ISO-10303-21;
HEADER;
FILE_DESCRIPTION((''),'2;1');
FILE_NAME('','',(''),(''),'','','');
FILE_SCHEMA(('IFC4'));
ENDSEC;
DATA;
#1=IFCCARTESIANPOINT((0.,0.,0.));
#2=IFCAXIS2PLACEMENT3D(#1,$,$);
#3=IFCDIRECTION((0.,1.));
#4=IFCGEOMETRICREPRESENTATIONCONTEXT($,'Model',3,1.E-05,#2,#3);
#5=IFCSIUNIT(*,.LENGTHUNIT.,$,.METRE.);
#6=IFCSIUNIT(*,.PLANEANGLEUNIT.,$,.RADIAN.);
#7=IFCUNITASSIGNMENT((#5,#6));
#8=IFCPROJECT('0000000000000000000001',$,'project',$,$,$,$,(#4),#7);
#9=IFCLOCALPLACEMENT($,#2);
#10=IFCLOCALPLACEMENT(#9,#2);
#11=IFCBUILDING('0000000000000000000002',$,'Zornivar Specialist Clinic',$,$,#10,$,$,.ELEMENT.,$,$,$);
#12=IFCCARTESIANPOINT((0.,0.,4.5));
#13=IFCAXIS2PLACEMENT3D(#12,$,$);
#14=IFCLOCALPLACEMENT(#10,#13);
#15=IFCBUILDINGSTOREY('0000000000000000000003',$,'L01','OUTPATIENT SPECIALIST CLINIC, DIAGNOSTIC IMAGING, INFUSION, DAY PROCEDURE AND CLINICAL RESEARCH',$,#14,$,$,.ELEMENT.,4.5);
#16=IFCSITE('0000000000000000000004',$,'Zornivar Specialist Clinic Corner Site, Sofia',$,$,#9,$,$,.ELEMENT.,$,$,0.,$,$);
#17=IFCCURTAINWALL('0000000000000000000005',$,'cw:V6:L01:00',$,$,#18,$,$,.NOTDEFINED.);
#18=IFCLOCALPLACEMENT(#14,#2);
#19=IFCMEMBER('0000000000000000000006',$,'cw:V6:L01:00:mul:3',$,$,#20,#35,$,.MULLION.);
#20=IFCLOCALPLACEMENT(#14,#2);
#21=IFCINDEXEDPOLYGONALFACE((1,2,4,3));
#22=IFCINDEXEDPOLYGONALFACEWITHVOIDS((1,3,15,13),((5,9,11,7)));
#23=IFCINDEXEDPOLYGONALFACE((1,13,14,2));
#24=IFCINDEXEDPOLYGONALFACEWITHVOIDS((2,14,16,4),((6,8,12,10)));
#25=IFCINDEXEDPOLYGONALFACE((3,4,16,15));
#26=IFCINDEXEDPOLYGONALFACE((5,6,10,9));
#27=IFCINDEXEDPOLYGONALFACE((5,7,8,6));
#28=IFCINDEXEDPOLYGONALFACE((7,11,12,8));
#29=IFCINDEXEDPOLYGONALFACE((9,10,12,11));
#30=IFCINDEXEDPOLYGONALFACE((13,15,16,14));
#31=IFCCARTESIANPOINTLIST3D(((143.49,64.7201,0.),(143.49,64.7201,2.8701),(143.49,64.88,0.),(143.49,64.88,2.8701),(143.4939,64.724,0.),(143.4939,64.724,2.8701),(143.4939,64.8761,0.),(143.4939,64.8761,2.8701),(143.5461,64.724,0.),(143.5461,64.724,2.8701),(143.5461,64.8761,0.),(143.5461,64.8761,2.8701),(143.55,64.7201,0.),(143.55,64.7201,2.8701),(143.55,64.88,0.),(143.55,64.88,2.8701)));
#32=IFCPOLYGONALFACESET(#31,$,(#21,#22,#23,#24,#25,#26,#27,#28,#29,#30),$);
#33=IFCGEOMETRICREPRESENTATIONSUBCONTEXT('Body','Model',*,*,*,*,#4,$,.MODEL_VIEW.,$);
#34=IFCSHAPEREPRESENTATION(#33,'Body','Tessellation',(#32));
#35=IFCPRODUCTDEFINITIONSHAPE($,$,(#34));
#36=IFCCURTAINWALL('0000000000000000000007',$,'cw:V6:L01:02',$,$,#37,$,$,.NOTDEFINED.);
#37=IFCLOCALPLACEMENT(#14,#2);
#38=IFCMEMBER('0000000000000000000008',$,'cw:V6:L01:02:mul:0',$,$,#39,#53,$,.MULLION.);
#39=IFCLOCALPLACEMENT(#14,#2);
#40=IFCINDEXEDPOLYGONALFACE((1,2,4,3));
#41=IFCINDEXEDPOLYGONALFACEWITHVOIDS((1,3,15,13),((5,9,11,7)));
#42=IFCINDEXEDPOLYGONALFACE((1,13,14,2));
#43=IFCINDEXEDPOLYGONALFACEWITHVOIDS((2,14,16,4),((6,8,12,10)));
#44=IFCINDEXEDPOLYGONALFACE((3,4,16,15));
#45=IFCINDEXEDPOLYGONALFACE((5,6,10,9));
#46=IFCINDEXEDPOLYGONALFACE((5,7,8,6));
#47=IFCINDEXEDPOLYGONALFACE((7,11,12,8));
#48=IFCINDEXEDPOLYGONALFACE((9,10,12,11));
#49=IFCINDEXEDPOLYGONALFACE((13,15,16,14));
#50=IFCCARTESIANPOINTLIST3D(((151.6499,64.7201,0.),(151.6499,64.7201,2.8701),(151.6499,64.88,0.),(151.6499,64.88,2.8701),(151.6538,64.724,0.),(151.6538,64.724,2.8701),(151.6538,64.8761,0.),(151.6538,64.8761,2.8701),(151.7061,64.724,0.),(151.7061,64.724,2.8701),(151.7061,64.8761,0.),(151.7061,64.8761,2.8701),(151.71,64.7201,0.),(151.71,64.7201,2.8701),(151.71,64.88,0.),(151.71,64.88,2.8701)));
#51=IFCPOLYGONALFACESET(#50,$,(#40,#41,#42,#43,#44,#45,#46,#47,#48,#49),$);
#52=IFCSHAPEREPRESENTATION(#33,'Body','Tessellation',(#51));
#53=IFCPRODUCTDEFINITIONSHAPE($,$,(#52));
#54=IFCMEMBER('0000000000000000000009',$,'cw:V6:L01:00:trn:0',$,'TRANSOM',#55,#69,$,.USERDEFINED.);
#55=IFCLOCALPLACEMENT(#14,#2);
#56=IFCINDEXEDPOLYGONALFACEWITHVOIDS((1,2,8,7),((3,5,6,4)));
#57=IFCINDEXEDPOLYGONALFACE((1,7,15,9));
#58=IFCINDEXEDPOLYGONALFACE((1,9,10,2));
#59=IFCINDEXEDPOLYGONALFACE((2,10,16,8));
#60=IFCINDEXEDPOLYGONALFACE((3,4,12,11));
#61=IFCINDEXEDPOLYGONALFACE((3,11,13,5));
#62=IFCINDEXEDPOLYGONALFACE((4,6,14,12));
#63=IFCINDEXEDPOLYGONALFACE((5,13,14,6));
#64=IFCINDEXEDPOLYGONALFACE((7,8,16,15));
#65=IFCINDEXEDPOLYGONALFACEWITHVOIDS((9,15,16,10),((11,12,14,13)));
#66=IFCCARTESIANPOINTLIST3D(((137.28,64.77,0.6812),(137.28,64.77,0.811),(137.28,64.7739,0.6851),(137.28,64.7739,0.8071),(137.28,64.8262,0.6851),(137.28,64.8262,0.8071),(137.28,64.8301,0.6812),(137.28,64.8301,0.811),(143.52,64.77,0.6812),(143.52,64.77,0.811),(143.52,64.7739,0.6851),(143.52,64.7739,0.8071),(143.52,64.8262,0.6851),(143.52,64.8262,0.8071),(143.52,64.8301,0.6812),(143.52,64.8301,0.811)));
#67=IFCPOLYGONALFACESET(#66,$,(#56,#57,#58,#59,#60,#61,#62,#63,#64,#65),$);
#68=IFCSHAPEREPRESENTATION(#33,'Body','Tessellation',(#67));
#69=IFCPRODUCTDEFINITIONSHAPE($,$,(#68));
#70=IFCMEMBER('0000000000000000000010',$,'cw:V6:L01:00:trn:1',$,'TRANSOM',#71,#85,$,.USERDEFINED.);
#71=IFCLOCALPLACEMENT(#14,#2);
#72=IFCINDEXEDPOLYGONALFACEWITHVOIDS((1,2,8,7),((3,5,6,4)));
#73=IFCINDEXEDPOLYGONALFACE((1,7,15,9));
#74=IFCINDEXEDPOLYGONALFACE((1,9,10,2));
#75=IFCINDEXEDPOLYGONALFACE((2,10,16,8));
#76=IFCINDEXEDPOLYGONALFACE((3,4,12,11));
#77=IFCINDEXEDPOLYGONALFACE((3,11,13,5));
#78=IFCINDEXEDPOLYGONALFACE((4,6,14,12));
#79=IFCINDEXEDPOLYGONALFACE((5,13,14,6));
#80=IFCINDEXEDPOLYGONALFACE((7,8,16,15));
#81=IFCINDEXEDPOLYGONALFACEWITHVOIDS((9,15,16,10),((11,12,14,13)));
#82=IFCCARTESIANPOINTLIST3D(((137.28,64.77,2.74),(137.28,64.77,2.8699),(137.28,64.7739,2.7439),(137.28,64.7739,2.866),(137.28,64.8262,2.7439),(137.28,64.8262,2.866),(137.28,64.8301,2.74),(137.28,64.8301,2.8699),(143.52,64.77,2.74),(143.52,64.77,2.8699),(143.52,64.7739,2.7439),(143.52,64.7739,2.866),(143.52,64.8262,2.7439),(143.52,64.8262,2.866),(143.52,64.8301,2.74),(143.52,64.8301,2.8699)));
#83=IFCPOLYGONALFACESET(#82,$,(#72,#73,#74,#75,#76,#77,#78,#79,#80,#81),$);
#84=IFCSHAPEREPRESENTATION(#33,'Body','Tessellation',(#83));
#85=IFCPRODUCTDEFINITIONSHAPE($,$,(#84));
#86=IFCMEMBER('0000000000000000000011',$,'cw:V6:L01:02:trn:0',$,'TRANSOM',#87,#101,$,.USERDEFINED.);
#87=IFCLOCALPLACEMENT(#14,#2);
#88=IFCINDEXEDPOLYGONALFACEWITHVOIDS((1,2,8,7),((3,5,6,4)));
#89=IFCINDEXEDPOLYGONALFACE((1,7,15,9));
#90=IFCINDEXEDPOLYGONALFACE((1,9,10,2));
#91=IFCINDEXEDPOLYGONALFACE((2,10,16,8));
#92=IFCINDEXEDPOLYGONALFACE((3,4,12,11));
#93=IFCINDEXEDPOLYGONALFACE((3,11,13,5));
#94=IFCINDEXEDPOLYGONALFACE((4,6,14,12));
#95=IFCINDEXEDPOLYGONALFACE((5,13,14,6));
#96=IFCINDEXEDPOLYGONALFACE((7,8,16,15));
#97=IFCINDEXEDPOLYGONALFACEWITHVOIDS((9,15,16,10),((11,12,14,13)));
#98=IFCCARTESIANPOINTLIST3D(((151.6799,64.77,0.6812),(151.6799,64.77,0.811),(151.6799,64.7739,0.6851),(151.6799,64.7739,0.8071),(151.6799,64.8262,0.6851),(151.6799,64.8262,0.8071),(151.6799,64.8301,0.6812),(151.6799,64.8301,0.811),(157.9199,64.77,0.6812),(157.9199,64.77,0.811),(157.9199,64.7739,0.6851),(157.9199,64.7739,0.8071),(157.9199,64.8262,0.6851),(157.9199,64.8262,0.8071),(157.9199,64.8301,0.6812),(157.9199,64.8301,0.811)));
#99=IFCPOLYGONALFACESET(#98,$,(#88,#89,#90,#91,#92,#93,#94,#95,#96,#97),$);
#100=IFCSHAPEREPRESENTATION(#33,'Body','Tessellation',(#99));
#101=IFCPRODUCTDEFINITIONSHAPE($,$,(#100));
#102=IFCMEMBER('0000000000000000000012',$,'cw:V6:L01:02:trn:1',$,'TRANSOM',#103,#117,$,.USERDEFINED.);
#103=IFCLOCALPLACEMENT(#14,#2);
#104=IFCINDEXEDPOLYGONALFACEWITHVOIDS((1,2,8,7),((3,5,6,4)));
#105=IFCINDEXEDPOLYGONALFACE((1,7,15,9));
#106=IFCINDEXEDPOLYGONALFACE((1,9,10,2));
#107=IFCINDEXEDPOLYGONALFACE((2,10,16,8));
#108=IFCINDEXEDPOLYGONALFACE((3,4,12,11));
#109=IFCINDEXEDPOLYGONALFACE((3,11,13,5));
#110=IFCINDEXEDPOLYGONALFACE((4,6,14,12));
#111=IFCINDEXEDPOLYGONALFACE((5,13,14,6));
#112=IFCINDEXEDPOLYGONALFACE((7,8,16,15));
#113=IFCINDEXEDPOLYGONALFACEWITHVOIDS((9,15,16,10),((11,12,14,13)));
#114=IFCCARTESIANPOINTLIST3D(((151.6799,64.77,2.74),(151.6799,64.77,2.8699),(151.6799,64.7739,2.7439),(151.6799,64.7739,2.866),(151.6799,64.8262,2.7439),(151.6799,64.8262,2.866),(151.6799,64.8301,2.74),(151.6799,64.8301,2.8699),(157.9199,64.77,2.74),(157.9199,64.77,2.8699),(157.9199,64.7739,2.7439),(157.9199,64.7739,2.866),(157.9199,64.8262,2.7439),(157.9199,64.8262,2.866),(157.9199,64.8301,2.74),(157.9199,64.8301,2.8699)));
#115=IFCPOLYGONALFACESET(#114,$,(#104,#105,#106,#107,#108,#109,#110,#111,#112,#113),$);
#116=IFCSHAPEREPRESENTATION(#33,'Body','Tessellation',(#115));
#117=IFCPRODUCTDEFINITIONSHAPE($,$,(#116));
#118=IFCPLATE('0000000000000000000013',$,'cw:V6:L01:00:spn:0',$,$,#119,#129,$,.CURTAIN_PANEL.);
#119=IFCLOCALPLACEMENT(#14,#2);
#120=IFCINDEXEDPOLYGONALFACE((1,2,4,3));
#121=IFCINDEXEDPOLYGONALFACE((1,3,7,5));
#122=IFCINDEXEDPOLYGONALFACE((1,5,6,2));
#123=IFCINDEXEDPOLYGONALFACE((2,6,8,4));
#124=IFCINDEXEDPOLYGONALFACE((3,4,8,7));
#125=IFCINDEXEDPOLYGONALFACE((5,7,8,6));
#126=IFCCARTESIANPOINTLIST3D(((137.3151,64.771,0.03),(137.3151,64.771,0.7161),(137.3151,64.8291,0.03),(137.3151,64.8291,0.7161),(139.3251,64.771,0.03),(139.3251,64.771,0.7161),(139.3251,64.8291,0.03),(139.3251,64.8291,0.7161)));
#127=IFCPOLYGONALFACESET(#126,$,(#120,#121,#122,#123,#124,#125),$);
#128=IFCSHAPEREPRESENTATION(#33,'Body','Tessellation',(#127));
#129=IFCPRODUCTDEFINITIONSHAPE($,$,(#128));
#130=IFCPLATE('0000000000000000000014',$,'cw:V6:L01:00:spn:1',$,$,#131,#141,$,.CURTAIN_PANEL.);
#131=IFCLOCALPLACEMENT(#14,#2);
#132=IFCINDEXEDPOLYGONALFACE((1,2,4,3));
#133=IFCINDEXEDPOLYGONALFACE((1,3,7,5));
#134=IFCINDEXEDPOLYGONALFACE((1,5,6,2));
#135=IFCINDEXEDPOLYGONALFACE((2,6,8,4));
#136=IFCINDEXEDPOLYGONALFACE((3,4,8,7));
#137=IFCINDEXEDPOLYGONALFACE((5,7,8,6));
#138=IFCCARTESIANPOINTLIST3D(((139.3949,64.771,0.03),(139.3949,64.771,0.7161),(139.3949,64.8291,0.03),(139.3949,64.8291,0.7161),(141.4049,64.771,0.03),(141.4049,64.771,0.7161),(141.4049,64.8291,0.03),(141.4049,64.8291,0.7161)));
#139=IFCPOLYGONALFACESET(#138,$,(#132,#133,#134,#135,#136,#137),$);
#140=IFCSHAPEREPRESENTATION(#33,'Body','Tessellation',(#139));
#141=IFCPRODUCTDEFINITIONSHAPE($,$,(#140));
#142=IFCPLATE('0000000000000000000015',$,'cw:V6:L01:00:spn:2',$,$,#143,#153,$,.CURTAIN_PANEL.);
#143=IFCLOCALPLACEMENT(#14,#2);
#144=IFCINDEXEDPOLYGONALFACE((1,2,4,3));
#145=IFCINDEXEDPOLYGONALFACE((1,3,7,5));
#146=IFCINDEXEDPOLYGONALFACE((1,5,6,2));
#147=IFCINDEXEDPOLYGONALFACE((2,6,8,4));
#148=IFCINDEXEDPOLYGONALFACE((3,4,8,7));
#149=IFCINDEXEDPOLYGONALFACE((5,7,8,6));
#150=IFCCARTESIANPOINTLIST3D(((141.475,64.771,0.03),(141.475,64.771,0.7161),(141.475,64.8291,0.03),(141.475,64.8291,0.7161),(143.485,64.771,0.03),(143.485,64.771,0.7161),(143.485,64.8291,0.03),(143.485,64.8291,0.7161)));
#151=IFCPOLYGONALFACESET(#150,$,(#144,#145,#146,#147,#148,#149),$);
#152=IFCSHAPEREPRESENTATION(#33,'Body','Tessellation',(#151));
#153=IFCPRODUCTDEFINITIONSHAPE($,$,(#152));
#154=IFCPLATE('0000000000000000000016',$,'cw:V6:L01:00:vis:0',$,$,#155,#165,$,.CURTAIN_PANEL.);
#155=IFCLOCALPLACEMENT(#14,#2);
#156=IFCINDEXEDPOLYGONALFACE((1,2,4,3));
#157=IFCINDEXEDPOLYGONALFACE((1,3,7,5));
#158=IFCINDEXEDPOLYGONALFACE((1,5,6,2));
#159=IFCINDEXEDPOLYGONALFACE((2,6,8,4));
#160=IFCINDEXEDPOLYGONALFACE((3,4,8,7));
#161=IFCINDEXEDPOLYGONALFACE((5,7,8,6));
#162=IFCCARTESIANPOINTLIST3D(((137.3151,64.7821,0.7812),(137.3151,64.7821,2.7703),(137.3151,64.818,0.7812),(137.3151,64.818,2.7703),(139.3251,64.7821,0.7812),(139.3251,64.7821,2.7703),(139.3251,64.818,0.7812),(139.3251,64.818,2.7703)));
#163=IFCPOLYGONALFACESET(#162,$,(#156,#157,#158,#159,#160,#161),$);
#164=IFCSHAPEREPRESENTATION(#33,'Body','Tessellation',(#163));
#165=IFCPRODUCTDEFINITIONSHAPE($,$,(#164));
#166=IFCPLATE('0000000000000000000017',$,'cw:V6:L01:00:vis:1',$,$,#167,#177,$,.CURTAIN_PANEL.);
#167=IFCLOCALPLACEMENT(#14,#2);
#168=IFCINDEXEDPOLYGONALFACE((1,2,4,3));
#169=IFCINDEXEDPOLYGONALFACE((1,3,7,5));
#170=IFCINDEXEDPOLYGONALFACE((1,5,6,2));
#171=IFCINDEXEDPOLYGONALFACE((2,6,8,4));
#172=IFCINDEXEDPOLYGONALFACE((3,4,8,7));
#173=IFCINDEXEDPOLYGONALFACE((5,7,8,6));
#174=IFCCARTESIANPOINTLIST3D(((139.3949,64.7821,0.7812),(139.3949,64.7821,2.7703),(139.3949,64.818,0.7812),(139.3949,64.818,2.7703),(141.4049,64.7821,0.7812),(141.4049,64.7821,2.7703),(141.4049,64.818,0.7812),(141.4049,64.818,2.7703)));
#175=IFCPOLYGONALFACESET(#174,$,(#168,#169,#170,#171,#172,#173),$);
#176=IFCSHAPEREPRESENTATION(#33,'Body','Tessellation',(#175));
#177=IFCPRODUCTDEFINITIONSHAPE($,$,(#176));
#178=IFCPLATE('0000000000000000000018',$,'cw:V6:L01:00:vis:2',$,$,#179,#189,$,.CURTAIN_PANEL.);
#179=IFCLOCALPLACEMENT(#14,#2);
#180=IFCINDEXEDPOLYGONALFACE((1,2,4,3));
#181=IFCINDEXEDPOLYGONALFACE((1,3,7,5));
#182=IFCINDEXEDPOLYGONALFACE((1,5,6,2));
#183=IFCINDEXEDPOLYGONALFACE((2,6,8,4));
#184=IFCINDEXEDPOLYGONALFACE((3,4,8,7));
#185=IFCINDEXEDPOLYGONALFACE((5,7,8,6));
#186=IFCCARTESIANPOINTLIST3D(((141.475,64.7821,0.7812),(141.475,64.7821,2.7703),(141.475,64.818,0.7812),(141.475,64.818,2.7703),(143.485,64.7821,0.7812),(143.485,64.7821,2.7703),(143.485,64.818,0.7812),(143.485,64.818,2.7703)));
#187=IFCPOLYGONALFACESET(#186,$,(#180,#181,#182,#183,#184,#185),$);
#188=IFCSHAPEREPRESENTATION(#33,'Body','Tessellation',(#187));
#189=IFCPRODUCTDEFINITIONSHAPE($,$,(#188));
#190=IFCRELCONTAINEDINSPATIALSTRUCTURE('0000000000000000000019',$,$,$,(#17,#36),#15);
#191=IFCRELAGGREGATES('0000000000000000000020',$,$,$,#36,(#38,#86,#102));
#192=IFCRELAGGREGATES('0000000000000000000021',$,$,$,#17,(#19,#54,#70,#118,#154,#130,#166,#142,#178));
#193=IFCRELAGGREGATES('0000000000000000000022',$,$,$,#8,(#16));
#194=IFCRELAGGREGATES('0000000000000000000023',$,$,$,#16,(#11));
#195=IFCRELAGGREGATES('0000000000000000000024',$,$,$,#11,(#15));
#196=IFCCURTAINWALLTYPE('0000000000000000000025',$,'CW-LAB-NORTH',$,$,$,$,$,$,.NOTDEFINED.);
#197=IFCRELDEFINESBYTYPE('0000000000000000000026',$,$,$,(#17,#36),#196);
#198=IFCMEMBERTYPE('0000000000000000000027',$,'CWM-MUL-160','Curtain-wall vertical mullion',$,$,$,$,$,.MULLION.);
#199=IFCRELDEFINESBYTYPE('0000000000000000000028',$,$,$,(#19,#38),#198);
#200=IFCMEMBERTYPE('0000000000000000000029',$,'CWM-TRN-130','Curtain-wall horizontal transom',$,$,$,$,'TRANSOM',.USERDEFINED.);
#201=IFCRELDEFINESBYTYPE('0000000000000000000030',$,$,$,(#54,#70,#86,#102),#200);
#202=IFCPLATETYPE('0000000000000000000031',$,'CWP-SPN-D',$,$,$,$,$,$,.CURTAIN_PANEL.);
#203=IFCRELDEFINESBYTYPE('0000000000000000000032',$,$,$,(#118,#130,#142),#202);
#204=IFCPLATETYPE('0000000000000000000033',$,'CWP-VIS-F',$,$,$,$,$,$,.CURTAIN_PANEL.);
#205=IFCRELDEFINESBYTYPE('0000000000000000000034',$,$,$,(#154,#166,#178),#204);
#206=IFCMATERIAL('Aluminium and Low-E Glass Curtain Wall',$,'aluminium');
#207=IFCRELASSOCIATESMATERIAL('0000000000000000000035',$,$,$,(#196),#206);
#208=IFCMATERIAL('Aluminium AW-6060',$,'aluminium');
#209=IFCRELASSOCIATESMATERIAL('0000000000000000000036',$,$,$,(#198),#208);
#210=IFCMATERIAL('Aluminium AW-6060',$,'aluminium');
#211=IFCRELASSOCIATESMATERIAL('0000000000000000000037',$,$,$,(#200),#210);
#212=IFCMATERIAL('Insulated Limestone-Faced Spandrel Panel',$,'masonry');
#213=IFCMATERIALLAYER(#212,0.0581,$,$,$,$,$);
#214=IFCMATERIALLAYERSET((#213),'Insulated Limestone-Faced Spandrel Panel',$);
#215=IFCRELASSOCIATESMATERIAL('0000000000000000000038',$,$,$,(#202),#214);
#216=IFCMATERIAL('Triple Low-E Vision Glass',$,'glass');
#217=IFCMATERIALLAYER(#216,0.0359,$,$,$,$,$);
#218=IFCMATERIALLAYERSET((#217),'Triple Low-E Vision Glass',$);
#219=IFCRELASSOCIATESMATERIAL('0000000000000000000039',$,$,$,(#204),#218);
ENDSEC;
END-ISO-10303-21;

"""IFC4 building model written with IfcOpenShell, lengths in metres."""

from ifc_helpers import new_model, si_unit, direction, frame, origin, origin_2d, place, context, subcontext, project, spatial, rectangle, hollow_rectangle, extrude, material, layer, layer_set, material_profile, profile_set, type_object, element, aggregate, save


model = new_model("IFC4")

# Units and contexts
model_context = context("Model", 3, precision=1e-05, world=origin(), true_north=direction((0.0, 1.0)))
body_context = subcontext(model_context, "Body", "Model", "MODEL_VIEW")
ifc_project = project(units=[si_unit("LENGTHUNIT", "METRE"), si_unit("PLANEANGLEUNIT", "RADIAN")], contexts=[model_context])

# Site, building, storey
site_placement = place(None, origin())
site = spatial("IfcSite", under=ifc_project, at=site_placement, Name="Zornivar Specialist Clinic Corner Site, Sofia", CompositionType="ELEMENT", RefElevation=0.0)
building_placement = place(site_placement, origin())
building = spatial("IfcBuilding", under=site, at=building_placement, Name="Zornivar Specialist Clinic", CompositionType="ELEMENT")
storey_placement = place(building_placement, frame((0.0, 0.0, 4.5)))
storey = spatial("IfcBuildingStorey", under=building, at=storey_placement, Name="L01", Description="OUTPATIENT SPECIALIST CLINIC, DIAGNOSTIC IMAGING, INFUSION, DAY PROCEDURE AND CLINICAL RESEARCH", CompositionType="ELEMENT", Elevation=4.5)

# Curtain wall, member
ifc_material_1 = material(Name="Aluminium and Low-E Glass Curtain Wall", Category="aluminium")
curtain_wall_type = type_object("IfcCurtainWallType", Name="CW-LAB-NORTH", PredefinedType="NOTDEFINED", material=ifc_material_1)
curtain_wall_1_placement = place(storey_placement, origin())
curtain_wall_1 = element("IfcCurtainWall", 1, at=curtain_wall_1_placement, inside=storey, type_object=curtain_wall_type, Name="cw:V6:L01:00", PredefinedType="NOTDEFINED")
ifc_material_2 = material(Name="Aluminium AW-6060", Category="aluminium")
ifc_material_profile_1 = material_profile(ifc_material_2, hollow_rectangle(XDim=0.0601, YDim=0.1599, WallThickness=0.0039, at=origin_2d()), Name="ALU 60x160x4")
ifc_profile_set_1 = profile_set([ifc_material_profile_1], Name="Aluminium AW-6060")
member_type_1 = type_object("IfcMemberType", Name="CWM-MUL-160", Description="Curtain-wall vertical mullion", PredefinedType="MULLION", material=ifc_profile_set_1)
member_1_placement = place(storey_placement, frame((143.52, 64.8, 0.0), z_axis=(0.0, 0.0, 1.0), x_axis=(1.0, 0.0, 0.0)))
member_1 = element("IfcMember", 2, at=member_1_placement, type_object=member_type_1, Name="cw:V6:L01:00:mul:3", PredefinedType="MULLION", context=body_context, shape_type="SweptSolid", body=[
    extrude(hollow_rectangle(XDim=0.0601, YDim=0.1599, WallThickness=0.0039, at=origin_2d()), origin(), (0.0, 0.0, 1.0), 2.8701),
])

# Curtain wall, member
curtain_wall_2_placement = place(storey_placement, origin())
curtain_wall_2 = element("IfcCurtainWall", 3, at=curtain_wall_2_placement, inside=storey, type_object=curtain_wall_type, Name="cw:V6:L01:02", PredefinedType="NOTDEFINED")
member_2_placement = place(storey_placement, frame((151.6799, 64.8, 0.0), z_axis=(0.0, 0.0, 1.0), x_axis=(1.0, 0.0, 0.0)))
member_2 = element("IfcMember", 4, at=member_2_placement, type_object=member_type_1, Name="cw:V6:L01:02:mul:0", PredefinedType="MULLION", context=body_context, shape_type="SweptSolid", body=[
    extrude(hollow_rectangle(XDim=0.0601, YDim=0.1599, WallThickness=0.0039, at=origin_2d()), origin(), (0.0, 0.0, 1.0), 2.8701),
])

# Members
ifc_material_3 = material(Name="Aluminium AW-6060", Category="aluminium")
ifc_material_profile_2 = material_profile(ifc_material_3, hollow_rectangle(XDim=0.0601, YDim=0.1299, WallThickness=0.0039, at=origin_2d()), Name="ALU 60x130x4")
ifc_profile_set_2 = profile_set([ifc_material_profile_2], Name="Aluminium AW-6060")
member_type_2 = type_object("IfcMemberType", Name="CWM-TRN-130", Description="Curtain-wall horizontal transom", ElementType="TRANSOM", PredefinedType="USERDEFINED", material=ifc_profile_set_2)
member_3_placement = place(storey_placement, frame((137.28, 64.8, 0.7461), z_axis=(1.0, 0.0, 0.0), x_axis=(0.0, 1.0, 0.0)))
member_3 = element("IfcMember", 5, at=member_3_placement, type_object=member_type_2, Name="cw:V6:L01:00:trn:0", ObjectType="TRANSOM", PredefinedType="USERDEFINED", context=body_context, shape_type="SweptSolid", body=[
    extrude(hollow_rectangle(XDim=0.0601, YDim=0.1299, WallThickness=0.0039, at=origin_2d()), origin(), (0.0, 0.0, 1.0), 6.24),
])
member_4_placement = place(storey_placement, frame((137.28, 64.8, 2.8049), z_axis=(1.0, 0.0, 0.0), x_axis=(0.0, 1.0, 0.0)))
member_4 = element("IfcMember", 6, at=member_4_placement, type_object=member_type_2, Name="cw:V6:L01:00:trn:1", ObjectType="TRANSOM", PredefinedType="USERDEFINED", context=body_context, shape_type="SweptSolid", body=[
    extrude(hollow_rectangle(XDim=0.0601, YDim=0.1299, WallThickness=0.0039, at=origin_2d()), origin(), (0.0, 0.0, 1.0), 6.24),
])
member_5_placement = place(storey_placement, frame((151.6799, 64.8, 0.7461), z_axis=(1.0, 0.0, 0.0), x_axis=(0.0, 1.0, 0.0)))
member_5 = element("IfcMember", 7, at=member_5_placement, type_object=member_type_2, Name="cw:V6:L01:02:trn:0", ObjectType="TRANSOM", PredefinedType="USERDEFINED", context=body_context, shape_type="SweptSolid", body=[
    extrude(hollow_rectangle(XDim=0.0601, YDim=0.1299, WallThickness=0.0039, at=origin_2d()), origin(), (0.0, 0.0, 1.0), 6.24),
])
member_6_placement = place(storey_placement, frame((151.6799, 64.8, 2.8049), z_axis=(1.0, 0.0, 0.0), x_axis=(0.0, 1.0, 0.0)))
member_6 = element("IfcMember", 8, at=member_6_placement, type_object=member_type_2, Name="cw:V6:L01:02:trn:1", ObjectType="TRANSOM", PredefinedType="USERDEFINED", context=body_context, shape_type="SweptSolid", body=[
    extrude(hollow_rectangle(XDim=0.0601, YDim=0.1299, WallThickness=0.0039, at=origin_2d()), origin(), (0.0, 0.0, 1.0), 6.24),
])
aggregate(curtain_wall_2, [member_2, member_5, member_6])

# Plates
ifc_material_4 = material(Name="Insulated Limestone-Faced Spandrel Panel", Category="masonry")
ifc_layer_1 = layer(ifc_material_4, 0.0581)
ifc_layer_set_1 = layer_set([ifc_layer_1], Name="Insulated Limestone-Faced Spandrel Panel")
plate_type_1 = type_object("IfcPlateType", Name="CWP-SPN-D", PredefinedType="CURTAIN_PANEL", material=ifc_layer_set_1)
plate_1_placement = place(storey_placement, frame((138.3201, 64.8, 0.03), z_axis=(0.0, 0.0, 1.0), x_axis=(1.0, 0.0, 0.0)))
plate_1 = element("IfcPlate", 9, at=plate_1_placement, type_object=plate_type_1, Name="cw:V6:L01:00:spn:0", PredefinedType="CURTAIN_PANEL", context=body_context, shape_type="SweptSolid", body=[
    extrude(rectangle(XDim=2.01, YDim=0.0581, at=origin_2d()), origin(), (0.0, 0.0, 1.0), 0.686),
])
plate_2_placement = place(storey_placement, frame((140.3999, 64.8, 0.03), z_axis=(0.0, 0.0, 1.0), x_axis=(1.0, 0.0, 0.0)))
plate_2 = element("IfcPlate", 10, at=plate_2_placement, type_object=plate_type_1, Name="cw:V6:L01:00:spn:1", PredefinedType="CURTAIN_PANEL", context=body_context, shape_type="SweptSolid", body=[
    extrude(rectangle(XDim=2.01, YDim=0.0581, at=origin_2d()), origin(), (0.0, 0.0, 1.0), 0.686),
])
plate_3_placement = place(storey_placement, frame((142.48, 64.8, 0.03), z_axis=(0.0, 0.0, 1.0), x_axis=(1.0, 0.0, 0.0)))
plate_3 = element("IfcPlate", 11, at=plate_3_placement, type_object=plate_type_1, Name="cw:V6:L01:00:spn:2", PredefinedType="CURTAIN_PANEL", context=body_context, shape_type="SweptSolid", body=[
    extrude(rectangle(XDim=2.01, YDim=0.0581, at=origin_2d()), origin(), (0.0, 0.0, 1.0), 0.686),
])
ifc_material_5 = material(Name="Triple Low-E Vision Glass", Category="glass")
ifc_layer_2 = layer(ifc_material_5, 0.0359)
ifc_layer_set_2 = layer_set([ifc_layer_2], Name="Triple Low-E Vision Glass")
plate_type_2 = type_object("IfcPlateType", Name="CWP-VIS-F", PredefinedType="CURTAIN_PANEL", material=ifc_layer_set_2)
plate_4_placement = place(storey_placement, frame((138.3201, 64.8, 0.7812), z_axis=(0.0, 0.0, 1.0), x_axis=(1.0, 0.0, 0.0)))
plate_4 = element("IfcPlate", 12, at=plate_4_placement, type_object=plate_type_2, Name="cw:V6:L01:00:vis:0", PredefinedType="CURTAIN_PANEL", context=body_context, shape_type="SweptSolid", body=[
    extrude(rectangle(XDim=2.01, YDim=0.0359, at=origin_2d()), origin(), (0.0, 0.0, 1.0), 1.989),
])
plate_5_placement = place(storey_placement, frame((140.3999, 64.8, 0.7812), z_axis=(0.0, 0.0, 1.0), x_axis=(1.0, 0.0, 0.0)))
plate_5 = element("IfcPlate", 13, at=plate_5_placement, type_object=plate_type_2, Name="cw:V6:L01:00:vis:1", PredefinedType="CURTAIN_PANEL", context=body_context, shape_type="SweptSolid", body=[
    extrude(rectangle(XDim=2.01, YDim=0.0359, at=origin_2d()), origin(), (0.0, 0.0, 1.0), 1.989),
])
plate_6_placement = place(storey_placement, frame((142.48, 64.8, 0.7812), z_axis=(0.0, 0.0, 1.0), x_axis=(1.0, 0.0, 0.0)))
plate_6 = element("IfcPlate", 14, at=plate_6_placement, type_object=plate_type_2, Name="cw:V6:L01:00:vis:2", PredefinedType="CURTAIN_PANEL", context=body_context, shape_type="SweptSolid", body=[
    extrude(rectangle(XDim=2.01, YDim=0.0359, at=origin_2d()), origin(), (0.0, 0.0, 1.0), 1.989),
])
aggregate(curtain_wall_1, [member_1, member_3, member_4, plate_1, plate_4, plate_2, plate_5, plate_3, plate_6])

save(model, "model.ifc")
